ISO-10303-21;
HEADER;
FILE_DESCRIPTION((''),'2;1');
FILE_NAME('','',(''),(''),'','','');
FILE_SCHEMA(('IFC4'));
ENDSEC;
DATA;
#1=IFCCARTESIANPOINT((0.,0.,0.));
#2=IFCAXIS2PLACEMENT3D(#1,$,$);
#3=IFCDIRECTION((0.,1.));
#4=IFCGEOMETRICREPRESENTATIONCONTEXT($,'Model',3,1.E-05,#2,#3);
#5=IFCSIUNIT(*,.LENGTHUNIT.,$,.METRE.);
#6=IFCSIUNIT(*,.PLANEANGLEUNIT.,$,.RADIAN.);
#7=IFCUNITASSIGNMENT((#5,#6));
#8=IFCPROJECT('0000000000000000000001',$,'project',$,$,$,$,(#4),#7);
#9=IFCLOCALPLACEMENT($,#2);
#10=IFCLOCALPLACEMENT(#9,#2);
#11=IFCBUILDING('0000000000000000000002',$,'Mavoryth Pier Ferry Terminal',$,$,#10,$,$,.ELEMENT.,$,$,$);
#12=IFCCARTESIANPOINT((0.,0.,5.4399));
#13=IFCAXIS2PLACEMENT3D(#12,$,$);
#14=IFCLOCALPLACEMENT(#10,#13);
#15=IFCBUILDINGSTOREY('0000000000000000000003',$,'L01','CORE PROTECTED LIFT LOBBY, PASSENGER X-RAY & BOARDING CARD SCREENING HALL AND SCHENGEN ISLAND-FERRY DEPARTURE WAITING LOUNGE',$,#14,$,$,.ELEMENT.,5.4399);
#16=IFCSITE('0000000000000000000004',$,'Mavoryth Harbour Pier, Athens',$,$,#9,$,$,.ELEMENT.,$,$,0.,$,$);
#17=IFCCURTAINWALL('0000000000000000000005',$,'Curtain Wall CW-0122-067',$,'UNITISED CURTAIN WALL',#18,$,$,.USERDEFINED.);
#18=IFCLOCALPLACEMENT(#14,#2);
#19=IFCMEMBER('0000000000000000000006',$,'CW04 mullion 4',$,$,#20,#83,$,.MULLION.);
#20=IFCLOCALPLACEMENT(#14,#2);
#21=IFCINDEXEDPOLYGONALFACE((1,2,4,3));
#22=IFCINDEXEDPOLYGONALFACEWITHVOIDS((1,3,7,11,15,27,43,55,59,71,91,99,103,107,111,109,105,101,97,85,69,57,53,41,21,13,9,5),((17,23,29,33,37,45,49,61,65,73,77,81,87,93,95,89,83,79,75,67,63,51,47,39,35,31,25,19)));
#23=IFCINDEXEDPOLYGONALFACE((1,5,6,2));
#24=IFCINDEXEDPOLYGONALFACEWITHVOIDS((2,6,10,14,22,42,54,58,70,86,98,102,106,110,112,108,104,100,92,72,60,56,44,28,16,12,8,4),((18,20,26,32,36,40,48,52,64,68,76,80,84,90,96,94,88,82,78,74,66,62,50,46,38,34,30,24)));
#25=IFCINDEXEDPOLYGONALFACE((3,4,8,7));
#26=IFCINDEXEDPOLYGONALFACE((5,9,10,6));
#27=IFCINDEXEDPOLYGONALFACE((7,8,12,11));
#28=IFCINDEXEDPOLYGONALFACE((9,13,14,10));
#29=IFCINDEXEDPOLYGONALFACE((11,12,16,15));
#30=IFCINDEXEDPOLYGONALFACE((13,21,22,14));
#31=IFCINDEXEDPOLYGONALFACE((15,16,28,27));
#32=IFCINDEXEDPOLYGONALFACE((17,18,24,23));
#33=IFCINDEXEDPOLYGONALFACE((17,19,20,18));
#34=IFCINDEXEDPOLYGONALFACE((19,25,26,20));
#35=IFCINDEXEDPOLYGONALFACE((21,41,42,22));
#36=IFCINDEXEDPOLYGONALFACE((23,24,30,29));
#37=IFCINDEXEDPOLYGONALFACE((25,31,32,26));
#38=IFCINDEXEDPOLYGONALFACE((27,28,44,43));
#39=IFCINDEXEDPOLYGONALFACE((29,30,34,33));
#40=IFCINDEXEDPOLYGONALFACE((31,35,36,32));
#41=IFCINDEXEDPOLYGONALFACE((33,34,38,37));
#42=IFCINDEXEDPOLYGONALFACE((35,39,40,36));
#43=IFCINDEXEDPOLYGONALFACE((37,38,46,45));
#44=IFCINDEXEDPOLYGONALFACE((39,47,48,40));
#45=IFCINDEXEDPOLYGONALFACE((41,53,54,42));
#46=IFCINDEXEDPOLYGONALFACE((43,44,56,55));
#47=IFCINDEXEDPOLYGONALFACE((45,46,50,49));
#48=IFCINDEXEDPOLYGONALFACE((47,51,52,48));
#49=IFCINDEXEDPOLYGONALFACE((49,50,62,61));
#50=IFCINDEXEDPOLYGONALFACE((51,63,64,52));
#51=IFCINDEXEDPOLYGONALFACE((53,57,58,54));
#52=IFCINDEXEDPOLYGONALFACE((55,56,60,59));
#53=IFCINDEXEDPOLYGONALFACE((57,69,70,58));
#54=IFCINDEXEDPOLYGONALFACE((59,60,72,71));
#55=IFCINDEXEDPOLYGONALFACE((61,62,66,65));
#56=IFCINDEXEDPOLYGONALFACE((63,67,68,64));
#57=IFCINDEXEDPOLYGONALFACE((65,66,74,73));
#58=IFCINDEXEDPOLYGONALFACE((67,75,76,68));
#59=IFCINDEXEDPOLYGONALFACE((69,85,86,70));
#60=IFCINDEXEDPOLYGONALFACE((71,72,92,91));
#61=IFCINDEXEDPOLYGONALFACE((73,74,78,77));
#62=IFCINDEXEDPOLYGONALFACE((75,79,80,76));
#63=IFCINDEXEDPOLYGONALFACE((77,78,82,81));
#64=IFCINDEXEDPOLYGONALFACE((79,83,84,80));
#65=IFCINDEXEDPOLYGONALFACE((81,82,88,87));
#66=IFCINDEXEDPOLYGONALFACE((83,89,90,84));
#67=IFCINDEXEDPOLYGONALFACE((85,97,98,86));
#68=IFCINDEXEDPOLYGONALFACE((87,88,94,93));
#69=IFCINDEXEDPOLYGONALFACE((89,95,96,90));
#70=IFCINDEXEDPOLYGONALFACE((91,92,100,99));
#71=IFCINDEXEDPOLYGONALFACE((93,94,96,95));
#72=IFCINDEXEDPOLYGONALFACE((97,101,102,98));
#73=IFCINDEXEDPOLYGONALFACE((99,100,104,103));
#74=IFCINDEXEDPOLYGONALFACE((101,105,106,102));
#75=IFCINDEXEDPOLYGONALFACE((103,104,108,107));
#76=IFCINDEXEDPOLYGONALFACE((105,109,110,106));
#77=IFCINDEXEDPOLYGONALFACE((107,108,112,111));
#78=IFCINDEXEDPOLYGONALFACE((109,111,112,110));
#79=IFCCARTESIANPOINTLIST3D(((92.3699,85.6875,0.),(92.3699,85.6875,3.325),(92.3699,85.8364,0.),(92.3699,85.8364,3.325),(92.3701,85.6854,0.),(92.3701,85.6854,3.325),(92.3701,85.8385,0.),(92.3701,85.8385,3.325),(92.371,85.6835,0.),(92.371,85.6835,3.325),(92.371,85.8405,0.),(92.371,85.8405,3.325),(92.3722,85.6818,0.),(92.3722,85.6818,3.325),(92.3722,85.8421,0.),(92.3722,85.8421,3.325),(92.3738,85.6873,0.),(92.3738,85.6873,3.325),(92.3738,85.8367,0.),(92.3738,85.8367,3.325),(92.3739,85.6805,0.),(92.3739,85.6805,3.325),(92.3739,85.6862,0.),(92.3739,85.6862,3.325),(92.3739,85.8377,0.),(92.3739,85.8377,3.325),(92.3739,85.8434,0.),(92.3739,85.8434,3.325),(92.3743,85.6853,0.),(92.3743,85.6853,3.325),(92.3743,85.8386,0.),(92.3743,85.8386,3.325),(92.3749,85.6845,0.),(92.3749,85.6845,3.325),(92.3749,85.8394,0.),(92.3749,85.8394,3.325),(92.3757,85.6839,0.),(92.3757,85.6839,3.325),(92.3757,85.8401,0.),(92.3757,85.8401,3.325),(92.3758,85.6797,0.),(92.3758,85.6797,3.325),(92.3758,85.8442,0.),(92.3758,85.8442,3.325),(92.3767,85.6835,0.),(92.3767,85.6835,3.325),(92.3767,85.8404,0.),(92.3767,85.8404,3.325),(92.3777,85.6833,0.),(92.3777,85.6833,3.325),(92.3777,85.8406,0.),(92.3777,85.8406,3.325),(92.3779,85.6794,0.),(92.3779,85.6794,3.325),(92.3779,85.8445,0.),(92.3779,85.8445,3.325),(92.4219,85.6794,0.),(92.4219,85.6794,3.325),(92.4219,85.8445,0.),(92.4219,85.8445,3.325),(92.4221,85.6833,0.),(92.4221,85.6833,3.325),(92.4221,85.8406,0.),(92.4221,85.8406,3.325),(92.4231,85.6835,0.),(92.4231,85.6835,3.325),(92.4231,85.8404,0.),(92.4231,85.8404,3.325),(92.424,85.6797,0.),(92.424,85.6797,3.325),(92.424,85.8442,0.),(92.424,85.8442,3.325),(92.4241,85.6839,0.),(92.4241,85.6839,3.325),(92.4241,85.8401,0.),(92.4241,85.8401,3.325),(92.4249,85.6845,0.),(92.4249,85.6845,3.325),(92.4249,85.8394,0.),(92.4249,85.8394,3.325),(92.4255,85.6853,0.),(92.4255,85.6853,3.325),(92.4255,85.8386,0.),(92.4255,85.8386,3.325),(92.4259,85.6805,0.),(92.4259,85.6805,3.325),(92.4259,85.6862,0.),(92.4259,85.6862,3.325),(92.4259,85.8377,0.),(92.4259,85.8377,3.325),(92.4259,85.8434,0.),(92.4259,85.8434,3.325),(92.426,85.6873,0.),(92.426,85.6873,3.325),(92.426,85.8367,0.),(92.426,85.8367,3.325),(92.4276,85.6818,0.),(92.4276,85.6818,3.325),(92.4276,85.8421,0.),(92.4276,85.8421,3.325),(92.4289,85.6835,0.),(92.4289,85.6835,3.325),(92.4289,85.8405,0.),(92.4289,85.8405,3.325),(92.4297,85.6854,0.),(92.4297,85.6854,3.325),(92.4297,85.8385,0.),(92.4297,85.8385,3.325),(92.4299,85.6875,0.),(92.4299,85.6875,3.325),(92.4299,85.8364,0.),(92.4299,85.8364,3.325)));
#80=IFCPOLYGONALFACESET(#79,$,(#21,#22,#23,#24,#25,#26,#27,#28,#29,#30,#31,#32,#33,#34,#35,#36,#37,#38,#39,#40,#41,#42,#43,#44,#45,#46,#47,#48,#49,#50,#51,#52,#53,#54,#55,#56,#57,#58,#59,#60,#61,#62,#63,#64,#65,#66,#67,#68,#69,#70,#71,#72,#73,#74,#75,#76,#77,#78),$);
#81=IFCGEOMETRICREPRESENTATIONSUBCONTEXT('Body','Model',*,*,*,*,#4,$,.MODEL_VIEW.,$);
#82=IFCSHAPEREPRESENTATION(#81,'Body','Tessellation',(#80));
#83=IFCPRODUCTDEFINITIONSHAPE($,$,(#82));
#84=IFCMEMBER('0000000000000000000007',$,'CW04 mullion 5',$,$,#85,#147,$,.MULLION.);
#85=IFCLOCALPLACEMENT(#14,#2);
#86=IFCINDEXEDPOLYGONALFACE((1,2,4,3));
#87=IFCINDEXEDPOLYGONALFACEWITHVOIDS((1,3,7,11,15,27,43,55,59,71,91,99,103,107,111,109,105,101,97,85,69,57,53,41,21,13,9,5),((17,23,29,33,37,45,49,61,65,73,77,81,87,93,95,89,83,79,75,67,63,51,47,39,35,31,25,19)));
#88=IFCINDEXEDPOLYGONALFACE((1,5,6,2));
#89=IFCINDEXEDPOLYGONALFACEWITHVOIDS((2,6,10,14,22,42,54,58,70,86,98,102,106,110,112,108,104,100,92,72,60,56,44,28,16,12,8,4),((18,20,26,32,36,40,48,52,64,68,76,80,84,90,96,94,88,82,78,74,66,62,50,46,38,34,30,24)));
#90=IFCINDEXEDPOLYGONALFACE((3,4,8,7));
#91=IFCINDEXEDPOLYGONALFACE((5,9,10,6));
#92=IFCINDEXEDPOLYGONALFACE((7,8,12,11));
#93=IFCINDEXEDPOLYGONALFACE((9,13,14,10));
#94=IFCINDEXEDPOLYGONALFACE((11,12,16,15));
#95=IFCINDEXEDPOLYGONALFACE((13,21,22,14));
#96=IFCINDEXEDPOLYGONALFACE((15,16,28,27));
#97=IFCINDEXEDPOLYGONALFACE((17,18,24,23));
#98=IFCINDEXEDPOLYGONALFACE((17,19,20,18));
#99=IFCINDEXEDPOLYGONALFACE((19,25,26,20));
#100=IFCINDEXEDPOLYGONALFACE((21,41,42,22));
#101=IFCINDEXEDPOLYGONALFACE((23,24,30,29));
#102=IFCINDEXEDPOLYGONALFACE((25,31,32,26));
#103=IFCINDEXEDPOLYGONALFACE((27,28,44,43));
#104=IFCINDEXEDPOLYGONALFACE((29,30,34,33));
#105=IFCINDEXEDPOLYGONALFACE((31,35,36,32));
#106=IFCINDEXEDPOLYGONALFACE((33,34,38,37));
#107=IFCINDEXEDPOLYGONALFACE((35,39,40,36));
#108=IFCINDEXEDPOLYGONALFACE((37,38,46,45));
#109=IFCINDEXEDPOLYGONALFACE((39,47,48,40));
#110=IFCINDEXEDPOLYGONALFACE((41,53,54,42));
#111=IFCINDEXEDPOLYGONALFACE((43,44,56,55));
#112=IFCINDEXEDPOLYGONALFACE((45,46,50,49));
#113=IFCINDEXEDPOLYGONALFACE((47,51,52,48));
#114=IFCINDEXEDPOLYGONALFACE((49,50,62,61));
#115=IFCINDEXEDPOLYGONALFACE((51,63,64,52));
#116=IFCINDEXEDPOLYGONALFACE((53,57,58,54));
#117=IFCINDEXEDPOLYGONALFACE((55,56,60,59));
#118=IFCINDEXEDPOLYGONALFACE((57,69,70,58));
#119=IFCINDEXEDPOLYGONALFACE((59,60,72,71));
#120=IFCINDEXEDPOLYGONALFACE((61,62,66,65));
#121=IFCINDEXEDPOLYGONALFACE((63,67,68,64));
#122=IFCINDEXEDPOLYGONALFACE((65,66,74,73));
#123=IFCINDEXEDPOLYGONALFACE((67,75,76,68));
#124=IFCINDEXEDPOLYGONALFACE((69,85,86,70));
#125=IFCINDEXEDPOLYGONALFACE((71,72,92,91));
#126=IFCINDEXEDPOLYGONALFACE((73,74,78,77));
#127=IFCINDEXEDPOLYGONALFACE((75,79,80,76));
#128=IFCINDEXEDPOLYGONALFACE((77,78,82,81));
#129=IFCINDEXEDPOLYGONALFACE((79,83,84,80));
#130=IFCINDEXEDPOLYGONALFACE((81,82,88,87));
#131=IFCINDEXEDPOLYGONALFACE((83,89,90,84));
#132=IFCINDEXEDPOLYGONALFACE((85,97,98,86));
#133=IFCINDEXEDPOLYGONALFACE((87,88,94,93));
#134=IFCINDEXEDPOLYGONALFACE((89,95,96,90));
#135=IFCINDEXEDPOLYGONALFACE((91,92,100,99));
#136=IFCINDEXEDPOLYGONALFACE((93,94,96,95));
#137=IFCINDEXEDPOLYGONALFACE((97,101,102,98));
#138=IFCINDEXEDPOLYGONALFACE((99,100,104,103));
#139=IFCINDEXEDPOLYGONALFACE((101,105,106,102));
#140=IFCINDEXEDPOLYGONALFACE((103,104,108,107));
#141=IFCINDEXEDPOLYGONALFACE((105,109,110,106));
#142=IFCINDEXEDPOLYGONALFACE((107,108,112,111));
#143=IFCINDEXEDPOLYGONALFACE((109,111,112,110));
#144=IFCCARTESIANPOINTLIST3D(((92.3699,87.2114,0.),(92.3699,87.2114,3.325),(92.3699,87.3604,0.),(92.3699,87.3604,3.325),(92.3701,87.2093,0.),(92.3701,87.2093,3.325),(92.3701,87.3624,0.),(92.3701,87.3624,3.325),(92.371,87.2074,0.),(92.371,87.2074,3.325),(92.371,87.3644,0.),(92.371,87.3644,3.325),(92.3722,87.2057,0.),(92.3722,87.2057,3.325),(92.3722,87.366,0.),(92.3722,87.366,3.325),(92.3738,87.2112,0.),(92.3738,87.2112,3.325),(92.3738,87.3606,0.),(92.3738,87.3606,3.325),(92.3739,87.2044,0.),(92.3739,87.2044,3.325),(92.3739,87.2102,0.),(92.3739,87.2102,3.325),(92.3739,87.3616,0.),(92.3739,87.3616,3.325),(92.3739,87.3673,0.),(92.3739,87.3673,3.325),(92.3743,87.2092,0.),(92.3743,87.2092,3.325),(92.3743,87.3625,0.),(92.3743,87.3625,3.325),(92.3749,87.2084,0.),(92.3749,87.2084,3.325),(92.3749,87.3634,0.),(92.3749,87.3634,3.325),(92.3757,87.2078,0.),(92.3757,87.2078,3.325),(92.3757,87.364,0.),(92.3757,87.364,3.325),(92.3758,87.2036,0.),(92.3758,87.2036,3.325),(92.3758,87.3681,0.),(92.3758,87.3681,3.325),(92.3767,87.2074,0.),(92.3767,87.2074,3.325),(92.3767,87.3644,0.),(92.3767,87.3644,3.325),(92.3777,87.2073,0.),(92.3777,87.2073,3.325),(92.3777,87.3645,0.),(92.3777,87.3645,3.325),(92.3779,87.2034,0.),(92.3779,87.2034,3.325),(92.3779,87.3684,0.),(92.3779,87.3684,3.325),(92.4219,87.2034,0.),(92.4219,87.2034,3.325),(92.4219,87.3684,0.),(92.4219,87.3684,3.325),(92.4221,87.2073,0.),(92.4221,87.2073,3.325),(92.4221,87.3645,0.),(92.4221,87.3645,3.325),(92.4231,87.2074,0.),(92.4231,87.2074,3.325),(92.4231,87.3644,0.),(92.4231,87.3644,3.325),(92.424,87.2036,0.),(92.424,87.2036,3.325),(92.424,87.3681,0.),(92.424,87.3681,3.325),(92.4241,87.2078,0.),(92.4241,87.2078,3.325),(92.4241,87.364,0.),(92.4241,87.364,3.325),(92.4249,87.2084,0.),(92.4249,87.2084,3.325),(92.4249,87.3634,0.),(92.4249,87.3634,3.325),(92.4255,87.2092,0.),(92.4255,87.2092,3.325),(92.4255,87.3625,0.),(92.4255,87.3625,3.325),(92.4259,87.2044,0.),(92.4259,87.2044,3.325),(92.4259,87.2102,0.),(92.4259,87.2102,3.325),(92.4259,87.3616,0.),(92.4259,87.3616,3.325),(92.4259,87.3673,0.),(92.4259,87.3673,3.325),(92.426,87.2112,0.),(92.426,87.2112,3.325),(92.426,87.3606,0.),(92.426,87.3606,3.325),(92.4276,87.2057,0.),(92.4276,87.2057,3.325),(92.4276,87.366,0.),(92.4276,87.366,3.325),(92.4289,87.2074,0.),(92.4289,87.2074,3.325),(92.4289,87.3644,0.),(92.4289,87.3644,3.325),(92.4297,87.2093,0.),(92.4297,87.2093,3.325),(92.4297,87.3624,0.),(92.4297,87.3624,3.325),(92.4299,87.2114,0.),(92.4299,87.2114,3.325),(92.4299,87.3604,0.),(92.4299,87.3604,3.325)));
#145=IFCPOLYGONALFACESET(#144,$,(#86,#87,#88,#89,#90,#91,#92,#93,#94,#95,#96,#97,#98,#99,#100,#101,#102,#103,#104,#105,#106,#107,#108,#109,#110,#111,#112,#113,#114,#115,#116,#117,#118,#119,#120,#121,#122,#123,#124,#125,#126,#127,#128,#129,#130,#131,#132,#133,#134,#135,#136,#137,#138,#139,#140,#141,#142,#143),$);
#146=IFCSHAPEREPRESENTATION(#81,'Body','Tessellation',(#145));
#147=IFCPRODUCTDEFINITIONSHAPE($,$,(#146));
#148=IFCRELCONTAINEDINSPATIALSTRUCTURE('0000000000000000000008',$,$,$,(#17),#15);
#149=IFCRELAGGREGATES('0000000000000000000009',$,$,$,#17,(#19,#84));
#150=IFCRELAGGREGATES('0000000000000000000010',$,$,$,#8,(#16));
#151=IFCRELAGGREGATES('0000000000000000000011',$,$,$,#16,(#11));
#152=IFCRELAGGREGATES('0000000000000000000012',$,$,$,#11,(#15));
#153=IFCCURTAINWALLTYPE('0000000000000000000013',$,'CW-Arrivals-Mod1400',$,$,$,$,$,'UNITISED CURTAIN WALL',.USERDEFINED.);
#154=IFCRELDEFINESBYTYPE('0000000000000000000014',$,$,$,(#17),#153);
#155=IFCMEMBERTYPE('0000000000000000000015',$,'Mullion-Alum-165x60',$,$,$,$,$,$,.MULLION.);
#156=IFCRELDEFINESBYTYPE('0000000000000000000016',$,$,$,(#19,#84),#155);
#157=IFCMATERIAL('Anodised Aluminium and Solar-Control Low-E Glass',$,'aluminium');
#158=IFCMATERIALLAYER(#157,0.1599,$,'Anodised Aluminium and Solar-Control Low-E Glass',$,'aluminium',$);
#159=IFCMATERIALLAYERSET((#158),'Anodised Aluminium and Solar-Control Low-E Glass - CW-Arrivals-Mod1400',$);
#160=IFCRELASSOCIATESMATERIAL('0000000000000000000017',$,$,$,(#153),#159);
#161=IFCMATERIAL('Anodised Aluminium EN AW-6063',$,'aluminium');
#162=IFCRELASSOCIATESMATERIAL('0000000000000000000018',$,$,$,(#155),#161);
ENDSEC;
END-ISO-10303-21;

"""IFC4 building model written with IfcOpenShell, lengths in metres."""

from ifc_helpers import new_model, si_unit, direction, frame, origin, origin_2d, place, context, subcontext, project, spatial, hollow_rectangle, extrude, material, layer, layer_set, material_profile, profile_set, type_object, element, aggregate, save


model = new_model("IFC4")

# Units and contexts
model_context = context("Model", 3, precision=1e-05, world=origin(), true_north=direction((0.0, 1.0)))
body_context = subcontext(model_context, "Body", "Model", "MODEL_VIEW")
ifc_project = project(units=[si_unit("LENGTHUNIT", "METRE"), si_unit("PLANEANGLEUNIT", "RADIAN")], contexts=[model_context])

# Site, building, storey
site_placement = place(None, origin())
site = spatial("IfcSite", under=ifc_project, at=site_placement, Name="Mavoryth Harbour Pier, Athens", CompositionType="ELEMENT", RefElevation=0.0)
building_placement = place(site_placement, origin())
building = spatial("IfcBuilding", under=site, at=building_placement, Name="Mavoryth Pier Ferry Terminal", CompositionType="ELEMENT")
storey_placement = place(building_placement, frame((0.0, 0.0, 5.4399)))
storey = spatial("IfcBuildingStorey", under=building, at=storey_placement, Name="L01", Description="CORE PROTECTED LIFT LOBBY, PASSENGER X-RAY & BOARDING CARD SCREENING HALL AND SCHENGEN ISLAND-FERRY DEPARTURE WAITING LOUNGE", CompositionType="ELEMENT", Elevation=5.4399)

# Curtain wall, members
ifc_material_1 = material(Name="Anodised Aluminium and Solar-Control Low-E Glass", Category="aluminium")
ifc_layer_1 = layer(ifc_material_1, 0.1599, Name="Anodised Aluminium and Solar-Control Low-E Glass", Category="aluminium")
ifc_layer_set_1 = layer_set([ifc_layer_1], Name="Anodised Aluminium and Solar-Control Low-E Glass - CW-Arrivals-Mod1400")
curtain_wall_type = type_object("IfcCurtainWallType", Name="CW-Arrivals-Mod1400", ElementType="UNITISED CURTAIN WALL", PredefinedType="USERDEFINED", material=ifc_layer_set_1)
curtain_wall_1_placement = place(storey_placement, origin())
curtain_wall_1 = element("IfcCurtainWall", 1, at=curtain_wall_1_placement, inside=storey, type_object=curtain_wall_type, Name="Curtain Wall CW-0122-067", ObjectType="UNITISED CURTAIN WALL", PredefinedType="USERDEFINED")
ifc_material_2 = material(Name="Anodised Aluminium EN AW-6063", Category="aluminium")
ifc_material_profile_1 = material_profile(ifc_material_2, hollow_rectangle(XDim=0.0601, YDim=0.165, WallThickness=0.0039, InnerFilletRadius=0.0039, OuterFilletRadius=0.0081, at=origin_2d()), Name="AL-MULL 165x60x4", Category="aluminium")
ifc_profile_set_1 = profile_set([ifc_material_profile_1], Name="Anodised Aluminium EN AW-6063 - AL-MULL 165x60x4")
member_type_1 = type_object("IfcMemberType", Name="Mullion-Alum-165x60", PredefinedType="MULLION", material=ifc_profile_set_1)
member_1_placement = place(storey_placement, frame((92.3999, 85.762, 0.0), z_axis=(0.0, 0.0, 1.0), x_axis=(-1.0, 0.0, 0.0)))
member_1 = element("IfcMember", 2, at=member_1_placement, type_object=member_type_1, Name="CW04 mullion 4", PredefinedType="MULLION", context=body_context, shape_type="SweptSolid", body=[
    extrude(hollow_rectangle(XDim=0.0601, YDim=0.165, WallThickness=0.0039, InnerFilletRadius=0.0039, OuterFilletRadius=0.0081, at=origin_2d()), origin(), (0.0, 0.0, 1.0), 3.325),
])
member_2_placement = place(storey_placement, frame((92.3999, 87.2859, 0.0), z_axis=(0.0, 0.0, 1.0), x_axis=(-1.0, 0.0, 0.0)))
member_2 = element("IfcMember", 3, at=member_2_placement, type_object=member_type_1, Name="CW04 mullion 5", PredefinedType="MULLION", context=body_context, shape_type="SweptSolid", body=[
    extrude(hollow_rectangle(XDim=0.0601, YDim=0.165, WallThickness=0.0039, InnerFilletRadius=0.0039, OuterFilletRadius=0.0081, at=origin_2d()), origin(), (0.0, 0.0, 1.0), 3.325),
])

aggregate(curtain_wall_1, [member_1, member_2])

save(model, "model.ifc")
